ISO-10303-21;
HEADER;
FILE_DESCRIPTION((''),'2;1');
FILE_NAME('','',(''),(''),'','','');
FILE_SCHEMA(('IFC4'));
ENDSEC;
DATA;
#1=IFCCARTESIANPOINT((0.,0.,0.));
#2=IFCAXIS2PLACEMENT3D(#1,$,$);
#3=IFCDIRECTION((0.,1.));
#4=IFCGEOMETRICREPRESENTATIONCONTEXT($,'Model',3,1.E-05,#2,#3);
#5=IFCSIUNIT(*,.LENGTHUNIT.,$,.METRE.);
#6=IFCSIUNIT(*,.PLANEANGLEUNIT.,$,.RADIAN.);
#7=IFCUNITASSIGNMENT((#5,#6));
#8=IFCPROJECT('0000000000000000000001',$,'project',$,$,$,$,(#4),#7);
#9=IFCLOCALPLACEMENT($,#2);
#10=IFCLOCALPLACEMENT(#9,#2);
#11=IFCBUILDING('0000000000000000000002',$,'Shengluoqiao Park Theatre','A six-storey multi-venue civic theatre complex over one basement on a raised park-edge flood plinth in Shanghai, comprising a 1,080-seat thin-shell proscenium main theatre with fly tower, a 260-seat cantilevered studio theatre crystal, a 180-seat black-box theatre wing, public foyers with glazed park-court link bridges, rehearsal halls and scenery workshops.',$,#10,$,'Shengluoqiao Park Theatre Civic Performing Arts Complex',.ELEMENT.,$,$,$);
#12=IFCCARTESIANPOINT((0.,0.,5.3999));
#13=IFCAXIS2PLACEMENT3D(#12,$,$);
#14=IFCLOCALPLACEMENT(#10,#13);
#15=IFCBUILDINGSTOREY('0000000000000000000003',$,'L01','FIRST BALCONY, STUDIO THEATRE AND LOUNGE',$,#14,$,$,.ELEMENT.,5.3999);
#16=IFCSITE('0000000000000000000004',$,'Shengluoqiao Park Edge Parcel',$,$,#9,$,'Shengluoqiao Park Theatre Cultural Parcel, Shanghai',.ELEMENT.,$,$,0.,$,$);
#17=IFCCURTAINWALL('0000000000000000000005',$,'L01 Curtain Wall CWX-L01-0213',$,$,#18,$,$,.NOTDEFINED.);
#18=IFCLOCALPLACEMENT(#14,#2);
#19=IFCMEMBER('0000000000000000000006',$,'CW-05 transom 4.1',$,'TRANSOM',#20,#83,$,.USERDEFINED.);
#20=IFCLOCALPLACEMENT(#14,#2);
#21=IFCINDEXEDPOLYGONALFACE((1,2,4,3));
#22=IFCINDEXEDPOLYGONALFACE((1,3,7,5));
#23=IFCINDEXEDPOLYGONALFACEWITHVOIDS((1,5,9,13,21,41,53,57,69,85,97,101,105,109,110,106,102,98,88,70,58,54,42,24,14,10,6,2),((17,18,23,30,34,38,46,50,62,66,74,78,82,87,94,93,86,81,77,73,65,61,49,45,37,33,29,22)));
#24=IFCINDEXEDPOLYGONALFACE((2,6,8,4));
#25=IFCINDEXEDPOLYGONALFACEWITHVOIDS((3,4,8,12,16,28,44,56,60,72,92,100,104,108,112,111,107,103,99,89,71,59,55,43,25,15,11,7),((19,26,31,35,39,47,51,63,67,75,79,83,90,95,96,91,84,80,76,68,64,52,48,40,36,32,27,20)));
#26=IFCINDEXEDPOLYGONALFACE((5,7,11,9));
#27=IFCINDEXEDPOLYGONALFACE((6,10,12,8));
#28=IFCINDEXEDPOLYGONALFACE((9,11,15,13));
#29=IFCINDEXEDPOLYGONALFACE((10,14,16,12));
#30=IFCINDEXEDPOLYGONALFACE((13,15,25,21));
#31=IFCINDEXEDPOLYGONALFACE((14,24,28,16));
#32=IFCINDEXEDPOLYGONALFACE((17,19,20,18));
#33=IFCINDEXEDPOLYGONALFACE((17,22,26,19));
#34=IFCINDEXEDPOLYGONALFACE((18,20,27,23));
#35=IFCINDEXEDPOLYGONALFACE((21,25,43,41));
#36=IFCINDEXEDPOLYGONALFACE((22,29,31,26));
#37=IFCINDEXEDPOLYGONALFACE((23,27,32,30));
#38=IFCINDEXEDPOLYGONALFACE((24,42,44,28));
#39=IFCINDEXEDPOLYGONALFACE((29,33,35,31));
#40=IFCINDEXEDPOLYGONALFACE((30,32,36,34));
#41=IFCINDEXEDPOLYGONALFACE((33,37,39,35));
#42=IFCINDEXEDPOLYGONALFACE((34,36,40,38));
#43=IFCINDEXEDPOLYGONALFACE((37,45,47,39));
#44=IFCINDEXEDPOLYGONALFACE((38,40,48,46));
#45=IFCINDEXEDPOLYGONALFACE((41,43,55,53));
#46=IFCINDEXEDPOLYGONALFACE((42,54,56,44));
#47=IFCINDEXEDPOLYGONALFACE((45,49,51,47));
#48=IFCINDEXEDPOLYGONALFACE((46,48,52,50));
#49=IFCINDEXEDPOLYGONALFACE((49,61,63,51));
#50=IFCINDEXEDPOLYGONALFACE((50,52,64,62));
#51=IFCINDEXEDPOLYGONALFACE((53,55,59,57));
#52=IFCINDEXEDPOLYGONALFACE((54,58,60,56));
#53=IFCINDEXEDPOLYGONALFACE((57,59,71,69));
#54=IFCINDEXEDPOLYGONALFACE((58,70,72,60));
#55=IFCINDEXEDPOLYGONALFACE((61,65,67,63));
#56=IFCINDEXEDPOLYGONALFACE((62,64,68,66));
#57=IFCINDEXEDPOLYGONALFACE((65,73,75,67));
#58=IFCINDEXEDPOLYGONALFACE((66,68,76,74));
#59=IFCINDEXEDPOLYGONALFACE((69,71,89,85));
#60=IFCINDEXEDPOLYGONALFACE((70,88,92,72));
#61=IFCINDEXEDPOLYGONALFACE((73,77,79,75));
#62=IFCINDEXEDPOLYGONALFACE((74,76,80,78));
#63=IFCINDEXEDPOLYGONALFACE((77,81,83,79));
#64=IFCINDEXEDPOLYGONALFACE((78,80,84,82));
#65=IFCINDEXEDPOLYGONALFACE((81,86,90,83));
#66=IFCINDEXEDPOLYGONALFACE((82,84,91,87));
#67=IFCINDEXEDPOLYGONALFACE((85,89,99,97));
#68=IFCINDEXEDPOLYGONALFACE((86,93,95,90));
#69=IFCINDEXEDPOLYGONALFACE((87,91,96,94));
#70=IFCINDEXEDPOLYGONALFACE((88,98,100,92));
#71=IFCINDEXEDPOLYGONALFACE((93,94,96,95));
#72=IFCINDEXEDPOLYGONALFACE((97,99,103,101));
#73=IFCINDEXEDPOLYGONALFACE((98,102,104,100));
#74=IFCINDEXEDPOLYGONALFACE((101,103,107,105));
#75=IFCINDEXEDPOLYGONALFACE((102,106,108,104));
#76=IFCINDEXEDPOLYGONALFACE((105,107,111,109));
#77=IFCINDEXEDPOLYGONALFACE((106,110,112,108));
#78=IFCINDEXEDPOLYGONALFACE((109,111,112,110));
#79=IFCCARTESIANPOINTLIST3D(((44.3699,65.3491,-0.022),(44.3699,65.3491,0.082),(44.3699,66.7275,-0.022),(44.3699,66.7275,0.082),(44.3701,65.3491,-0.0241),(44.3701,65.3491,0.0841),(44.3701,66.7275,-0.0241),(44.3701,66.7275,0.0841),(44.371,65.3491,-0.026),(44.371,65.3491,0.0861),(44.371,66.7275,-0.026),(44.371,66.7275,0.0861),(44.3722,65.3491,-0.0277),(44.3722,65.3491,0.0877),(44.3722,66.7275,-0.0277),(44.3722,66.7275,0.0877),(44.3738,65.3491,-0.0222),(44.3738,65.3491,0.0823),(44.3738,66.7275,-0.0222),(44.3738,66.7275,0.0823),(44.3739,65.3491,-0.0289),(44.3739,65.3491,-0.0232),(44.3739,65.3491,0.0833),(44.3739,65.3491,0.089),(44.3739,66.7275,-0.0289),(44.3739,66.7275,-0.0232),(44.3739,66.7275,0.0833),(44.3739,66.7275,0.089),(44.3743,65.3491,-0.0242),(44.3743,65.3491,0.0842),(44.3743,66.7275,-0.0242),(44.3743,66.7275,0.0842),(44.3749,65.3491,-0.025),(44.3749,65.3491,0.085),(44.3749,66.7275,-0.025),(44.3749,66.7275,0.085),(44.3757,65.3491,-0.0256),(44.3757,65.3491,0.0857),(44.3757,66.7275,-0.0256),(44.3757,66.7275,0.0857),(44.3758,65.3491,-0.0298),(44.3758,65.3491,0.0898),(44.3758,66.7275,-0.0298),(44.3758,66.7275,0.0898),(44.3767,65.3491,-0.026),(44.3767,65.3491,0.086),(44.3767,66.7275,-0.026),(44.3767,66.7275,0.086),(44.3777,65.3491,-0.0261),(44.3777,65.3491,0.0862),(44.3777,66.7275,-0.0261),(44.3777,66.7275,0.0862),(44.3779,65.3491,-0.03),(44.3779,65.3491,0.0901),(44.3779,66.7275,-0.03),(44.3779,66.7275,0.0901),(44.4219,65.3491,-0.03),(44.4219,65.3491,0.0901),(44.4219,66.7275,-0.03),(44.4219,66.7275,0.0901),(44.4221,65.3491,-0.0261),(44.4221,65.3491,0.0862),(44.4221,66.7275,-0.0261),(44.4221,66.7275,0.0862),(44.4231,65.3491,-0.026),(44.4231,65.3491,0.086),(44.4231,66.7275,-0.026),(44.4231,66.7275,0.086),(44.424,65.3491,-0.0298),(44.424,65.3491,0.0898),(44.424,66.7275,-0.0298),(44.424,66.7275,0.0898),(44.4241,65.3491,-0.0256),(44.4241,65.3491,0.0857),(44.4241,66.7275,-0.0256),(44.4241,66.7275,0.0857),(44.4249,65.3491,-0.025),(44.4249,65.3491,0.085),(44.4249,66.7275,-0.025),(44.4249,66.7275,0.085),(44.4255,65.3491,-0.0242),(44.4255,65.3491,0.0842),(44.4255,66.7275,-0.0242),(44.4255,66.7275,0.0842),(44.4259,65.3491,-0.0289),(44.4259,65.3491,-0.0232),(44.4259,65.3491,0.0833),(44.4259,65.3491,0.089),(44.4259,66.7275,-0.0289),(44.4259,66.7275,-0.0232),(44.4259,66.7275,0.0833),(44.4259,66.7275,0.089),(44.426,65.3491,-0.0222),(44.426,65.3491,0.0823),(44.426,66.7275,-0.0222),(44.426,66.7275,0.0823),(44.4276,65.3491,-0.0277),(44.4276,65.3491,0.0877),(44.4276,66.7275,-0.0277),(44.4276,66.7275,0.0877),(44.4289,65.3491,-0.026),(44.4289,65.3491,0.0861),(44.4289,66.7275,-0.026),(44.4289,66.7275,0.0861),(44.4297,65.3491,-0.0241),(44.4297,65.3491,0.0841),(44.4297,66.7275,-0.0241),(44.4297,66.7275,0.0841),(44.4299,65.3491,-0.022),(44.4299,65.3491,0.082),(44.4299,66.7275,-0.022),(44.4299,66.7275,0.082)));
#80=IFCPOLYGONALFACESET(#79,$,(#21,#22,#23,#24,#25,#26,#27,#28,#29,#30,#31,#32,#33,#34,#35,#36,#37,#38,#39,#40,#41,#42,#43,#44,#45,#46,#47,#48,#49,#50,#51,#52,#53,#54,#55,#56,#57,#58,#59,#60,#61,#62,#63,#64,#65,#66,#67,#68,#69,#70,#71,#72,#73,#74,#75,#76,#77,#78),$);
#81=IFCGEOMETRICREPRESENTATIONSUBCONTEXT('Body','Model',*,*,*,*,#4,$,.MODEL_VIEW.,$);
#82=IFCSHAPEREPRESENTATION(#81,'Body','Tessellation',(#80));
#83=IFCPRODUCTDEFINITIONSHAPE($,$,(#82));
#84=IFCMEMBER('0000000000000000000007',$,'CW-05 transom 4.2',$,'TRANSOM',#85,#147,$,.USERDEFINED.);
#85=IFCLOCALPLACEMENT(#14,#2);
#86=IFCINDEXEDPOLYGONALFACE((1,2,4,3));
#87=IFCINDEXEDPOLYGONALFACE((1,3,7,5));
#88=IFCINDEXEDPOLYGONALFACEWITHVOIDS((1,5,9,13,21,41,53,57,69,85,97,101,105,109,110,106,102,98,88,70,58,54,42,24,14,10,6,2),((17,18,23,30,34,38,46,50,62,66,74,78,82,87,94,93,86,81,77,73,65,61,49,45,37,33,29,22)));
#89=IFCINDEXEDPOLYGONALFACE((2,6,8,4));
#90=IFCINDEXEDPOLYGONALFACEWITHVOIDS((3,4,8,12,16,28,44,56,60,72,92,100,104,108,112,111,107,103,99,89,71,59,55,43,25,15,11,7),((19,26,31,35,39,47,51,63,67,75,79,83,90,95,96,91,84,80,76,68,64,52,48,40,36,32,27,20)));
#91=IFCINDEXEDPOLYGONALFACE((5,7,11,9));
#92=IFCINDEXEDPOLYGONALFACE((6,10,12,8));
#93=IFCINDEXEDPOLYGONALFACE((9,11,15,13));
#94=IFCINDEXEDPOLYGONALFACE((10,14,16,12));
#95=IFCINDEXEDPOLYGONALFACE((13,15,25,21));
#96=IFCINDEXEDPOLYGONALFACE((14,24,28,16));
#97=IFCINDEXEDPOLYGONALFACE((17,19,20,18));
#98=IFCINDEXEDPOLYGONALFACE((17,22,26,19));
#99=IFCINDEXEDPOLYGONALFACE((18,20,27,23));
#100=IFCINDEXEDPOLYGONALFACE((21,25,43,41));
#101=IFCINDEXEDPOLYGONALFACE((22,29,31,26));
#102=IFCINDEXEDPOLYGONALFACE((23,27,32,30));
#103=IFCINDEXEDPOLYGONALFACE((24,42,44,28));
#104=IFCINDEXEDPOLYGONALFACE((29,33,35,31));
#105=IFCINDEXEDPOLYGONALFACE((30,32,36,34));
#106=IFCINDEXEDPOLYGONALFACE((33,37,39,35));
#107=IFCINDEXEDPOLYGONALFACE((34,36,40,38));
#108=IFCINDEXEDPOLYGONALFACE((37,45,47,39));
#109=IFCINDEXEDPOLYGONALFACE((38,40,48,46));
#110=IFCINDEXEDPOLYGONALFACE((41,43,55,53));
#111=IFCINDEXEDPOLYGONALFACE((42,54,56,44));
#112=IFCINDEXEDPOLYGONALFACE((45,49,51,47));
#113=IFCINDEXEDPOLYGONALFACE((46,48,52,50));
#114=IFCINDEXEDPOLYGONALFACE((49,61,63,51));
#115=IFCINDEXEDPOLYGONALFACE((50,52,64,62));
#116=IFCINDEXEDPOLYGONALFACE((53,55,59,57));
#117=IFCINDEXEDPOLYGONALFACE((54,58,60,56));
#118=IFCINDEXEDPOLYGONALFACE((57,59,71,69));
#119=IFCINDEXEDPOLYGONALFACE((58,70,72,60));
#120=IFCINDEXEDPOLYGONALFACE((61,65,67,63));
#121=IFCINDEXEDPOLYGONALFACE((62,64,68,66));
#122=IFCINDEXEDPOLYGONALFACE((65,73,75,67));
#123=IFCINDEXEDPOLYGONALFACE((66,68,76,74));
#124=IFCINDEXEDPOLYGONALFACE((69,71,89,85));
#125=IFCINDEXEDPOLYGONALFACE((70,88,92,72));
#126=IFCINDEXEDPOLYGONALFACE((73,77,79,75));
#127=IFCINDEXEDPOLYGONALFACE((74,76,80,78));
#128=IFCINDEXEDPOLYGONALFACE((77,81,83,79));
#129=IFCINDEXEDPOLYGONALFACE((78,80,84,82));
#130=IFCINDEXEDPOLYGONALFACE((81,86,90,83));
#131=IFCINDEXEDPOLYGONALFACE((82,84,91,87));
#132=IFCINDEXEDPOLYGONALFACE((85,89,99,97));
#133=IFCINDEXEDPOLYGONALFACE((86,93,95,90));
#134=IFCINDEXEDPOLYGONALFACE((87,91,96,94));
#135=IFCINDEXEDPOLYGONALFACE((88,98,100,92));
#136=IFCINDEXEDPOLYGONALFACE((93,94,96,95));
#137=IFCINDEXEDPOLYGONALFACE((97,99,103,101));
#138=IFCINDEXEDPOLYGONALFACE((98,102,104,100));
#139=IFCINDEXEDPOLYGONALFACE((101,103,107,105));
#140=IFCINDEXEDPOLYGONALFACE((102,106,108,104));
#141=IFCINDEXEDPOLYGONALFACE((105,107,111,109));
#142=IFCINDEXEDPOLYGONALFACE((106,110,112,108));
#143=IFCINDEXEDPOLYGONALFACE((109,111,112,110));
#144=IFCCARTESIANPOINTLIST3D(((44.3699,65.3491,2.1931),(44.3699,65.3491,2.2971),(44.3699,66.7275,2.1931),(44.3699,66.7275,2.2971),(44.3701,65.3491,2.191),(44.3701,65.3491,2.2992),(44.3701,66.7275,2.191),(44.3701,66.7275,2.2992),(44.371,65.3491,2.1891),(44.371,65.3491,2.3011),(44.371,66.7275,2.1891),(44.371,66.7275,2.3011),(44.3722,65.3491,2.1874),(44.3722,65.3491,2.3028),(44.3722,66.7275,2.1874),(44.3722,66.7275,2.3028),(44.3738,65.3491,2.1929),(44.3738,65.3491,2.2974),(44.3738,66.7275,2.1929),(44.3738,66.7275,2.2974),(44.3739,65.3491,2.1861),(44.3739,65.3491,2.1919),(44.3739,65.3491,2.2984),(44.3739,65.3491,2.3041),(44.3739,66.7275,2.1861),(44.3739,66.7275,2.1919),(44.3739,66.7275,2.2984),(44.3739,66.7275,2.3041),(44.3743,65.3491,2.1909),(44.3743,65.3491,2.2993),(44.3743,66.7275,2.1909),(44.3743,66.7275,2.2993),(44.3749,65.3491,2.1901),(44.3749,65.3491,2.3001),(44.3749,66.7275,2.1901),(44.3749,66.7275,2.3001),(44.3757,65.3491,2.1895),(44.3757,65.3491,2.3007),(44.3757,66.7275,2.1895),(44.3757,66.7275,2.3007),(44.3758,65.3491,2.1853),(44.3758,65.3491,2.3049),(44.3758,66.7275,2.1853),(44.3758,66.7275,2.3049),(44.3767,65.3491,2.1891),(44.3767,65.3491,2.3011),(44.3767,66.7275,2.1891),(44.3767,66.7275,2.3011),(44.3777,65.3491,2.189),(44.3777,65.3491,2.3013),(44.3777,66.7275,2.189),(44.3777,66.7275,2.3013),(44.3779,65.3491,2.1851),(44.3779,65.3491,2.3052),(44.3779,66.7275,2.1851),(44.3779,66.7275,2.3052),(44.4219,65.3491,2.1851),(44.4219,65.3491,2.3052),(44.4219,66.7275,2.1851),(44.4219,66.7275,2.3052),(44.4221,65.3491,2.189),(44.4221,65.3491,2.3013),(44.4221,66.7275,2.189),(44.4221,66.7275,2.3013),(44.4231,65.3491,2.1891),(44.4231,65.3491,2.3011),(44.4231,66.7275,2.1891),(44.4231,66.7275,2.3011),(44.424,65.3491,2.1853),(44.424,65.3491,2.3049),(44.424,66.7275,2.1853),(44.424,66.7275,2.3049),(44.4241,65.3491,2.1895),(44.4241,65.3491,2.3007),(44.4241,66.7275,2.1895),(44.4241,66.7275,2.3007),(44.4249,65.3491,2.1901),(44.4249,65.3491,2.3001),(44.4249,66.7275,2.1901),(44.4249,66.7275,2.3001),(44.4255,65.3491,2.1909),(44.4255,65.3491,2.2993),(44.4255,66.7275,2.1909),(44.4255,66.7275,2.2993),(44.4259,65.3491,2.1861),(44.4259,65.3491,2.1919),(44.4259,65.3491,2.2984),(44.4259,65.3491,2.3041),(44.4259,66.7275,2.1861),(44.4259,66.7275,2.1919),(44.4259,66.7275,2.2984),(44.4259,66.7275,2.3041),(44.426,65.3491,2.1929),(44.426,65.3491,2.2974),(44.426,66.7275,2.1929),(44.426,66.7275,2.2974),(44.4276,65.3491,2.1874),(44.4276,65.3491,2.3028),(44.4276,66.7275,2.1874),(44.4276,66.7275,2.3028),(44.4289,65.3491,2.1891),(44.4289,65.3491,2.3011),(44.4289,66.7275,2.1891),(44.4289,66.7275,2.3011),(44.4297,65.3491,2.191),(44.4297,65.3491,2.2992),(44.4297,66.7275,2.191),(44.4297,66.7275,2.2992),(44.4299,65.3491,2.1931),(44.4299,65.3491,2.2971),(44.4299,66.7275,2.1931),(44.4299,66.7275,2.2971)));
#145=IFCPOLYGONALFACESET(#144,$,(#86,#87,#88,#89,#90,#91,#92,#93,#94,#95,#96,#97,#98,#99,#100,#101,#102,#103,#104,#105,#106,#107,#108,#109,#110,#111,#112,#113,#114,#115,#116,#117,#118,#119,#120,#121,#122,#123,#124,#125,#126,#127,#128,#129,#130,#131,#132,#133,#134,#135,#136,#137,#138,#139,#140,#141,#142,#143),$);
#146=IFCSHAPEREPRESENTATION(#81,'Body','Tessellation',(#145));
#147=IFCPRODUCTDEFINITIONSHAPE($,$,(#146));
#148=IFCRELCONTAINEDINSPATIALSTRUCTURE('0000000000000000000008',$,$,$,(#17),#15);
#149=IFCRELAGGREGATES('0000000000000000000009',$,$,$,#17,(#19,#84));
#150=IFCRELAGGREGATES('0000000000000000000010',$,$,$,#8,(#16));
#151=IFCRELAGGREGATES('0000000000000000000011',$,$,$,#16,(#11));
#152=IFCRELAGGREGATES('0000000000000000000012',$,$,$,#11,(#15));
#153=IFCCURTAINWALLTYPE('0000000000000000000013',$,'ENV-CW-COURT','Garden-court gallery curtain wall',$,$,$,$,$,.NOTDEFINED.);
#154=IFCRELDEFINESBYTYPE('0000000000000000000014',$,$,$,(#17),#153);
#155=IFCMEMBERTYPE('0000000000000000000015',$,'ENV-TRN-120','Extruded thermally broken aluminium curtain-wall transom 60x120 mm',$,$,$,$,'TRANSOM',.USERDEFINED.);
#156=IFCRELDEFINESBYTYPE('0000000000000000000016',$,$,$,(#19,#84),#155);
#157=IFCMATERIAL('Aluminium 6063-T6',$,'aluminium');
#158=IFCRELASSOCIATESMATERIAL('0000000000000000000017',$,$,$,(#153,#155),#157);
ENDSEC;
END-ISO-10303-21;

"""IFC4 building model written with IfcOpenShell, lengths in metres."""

from ifc_helpers import new_model, si_unit, direction, frame, origin, origin_2d, place, context, subcontext, project, spatial, hollow_rectangle, extrude, material, material_profile, profile_set, type_object, element, aggregate, save


model = new_model("IFC4")

# Units and contexts
model_context = context("Model", 3, precision=1e-05, world=origin(), true_north=direction((0.0, 1.0)))
body_context = subcontext(model_context, "Body", "Model", "MODEL_VIEW")
ifc_project = project(units=[si_unit("LENGTHUNIT", "METRE"), si_unit("PLANEANGLEUNIT", "RADIAN")], contexts=[model_context])

# Site, building, storey
site_placement = place(None, origin())
site = spatial("IfcSite", under=ifc_project, at=site_placement, Name="Shengluoqiao Park Edge Parcel", LongName="Shengluoqiao Park Theatre Cultural Parcel, Shanghai", CompositionType="ELEMENT", RefElevation=0.0)
building_placement = place(site_placement, origin())
building = spatial("IfcBuilding", under=site, at=building_placement, Name="Shengluoqiao Park Theatre", Description="A six-storey multi-venue civic theatre complex over one basement on a raised park-edge flood plinth in Shanghai, comprising a 1,080-seat thin-shell proscenium main theatre with fly tower, a 260-seat cantilevered studio theatre crystal, a 180-seat black-box theatre wing, public foyers with glazed park-court link bridges, rehearsal halls and scenery workshops.", LongName="Shengluoqiao Park Theatre Civic Performing Arts Complex", CompositionType="ELEMENT")
storey_placement = place(building_placement, frame((0.0, 0.0, 5.3999)))
storey = spatial("IfcBuildingStorey", under=building, at=storey_placement, Name="L01", Description="FIRST BALCONY, STUDIO THEATRE AND LOUNGE", CompositionType="ELEMENT", Elevation=5.3999)

# Curtain wall
ifc_material_1 = material(Name="Aluminium 6063-T6", Category="aluminium")
curtain_wall_type_1 = type_object("IfcCurtainWallType", Name="ENV-CW-COURT", Description="Garden-court gallery curtain wall", PredefinedType="NOTDEFINED", material=ifc_material_1)
curtain_wall_1_placement = place(storey_placement, origin())
curtain_wall_1 = element("IfcCurtainWall", 1, at=curtain_wall_1_placement, inside=storey, type_object=curtain_wall_type_1, Name="L01 Curtain Wall CWX-L01-0213", PredefinedType="NOTDEFINED")

# Members
ifc_material_profile_1 = material_profile(ifc_material_1, hollow_rectangle(XDim=0.0601, YDim=0.1201, WallThickness=0.0039, InnerFilletRadius=0.0039, OuterFilletRadius=0.0081, at=origin_2d()), Name="ALU TRANSOM 120x60x4")
ifc_profile_set_1 = profile_set([ifc_material_profile_1], Name="Aluminium 6063-T6")
member_type_1 = type_object("IfcMemberType", Name="ENV-TRN-120", Description="Extruded thermally broken aluminium curtain-wall transom 60x120 mm", ElementType="TRANSOM", PredefinedType="USERDEFINED", material=ifc_profile_set_1)
member_1_placement = place(storey_placement, frame((44.3999, 65.3491, 0.03), z_axis=(0.0, 1.0, 0.0), x_axis=(-1.0, 0.0, 0.0)))
member_1 = element("IfcMember", 2, at=member_1_placement, type_object=member_type_1, Name="CW-05 transom 4.1", ObjectType="TRANSOM", PredefinedType="USERDEFINED", context=body_context, shape_type="SweptSolid", body=[
    extrude(hollow_rectangle(XDim=0.0601, YDim=0.1201, WallThickness=0.0039, InnerFilletRadius=0.0039, OuterFilletRadius=0.0081, at=origin_2d()), origin(), (0.0, 0.0, 1.0), 1.3784),
])
member_2_placement = place(storey_placement, frame((44.3999, 65.3491, 2.2451), z_axis=(0.0, 1.0, 0.0), x_axis=(-1.0, 0.0, 0.0)))
member_2 = element("IfcMember", 3, at=member_2_placement, type_object=member_type_1, Name="CW-05 transom 4.2", ObjectType="TRANSOM", PredefinedType="USERDEFINED", context=body_context, shape_type="SweptSolid", body=[
    extrude(hollow_rectangle(XDim=0.0601, YDim=0.1201, WallThickness=0.0039, InnerFilletRadius=0.0039, OuterFilletRadius=0.0081, at=origin_2d()), origin(), (0.0, 0.0, 1.0), 1.3784),
])

aggregate(curtain_wall_1, [member_1, member_2])

save(model, "model.ifc")
